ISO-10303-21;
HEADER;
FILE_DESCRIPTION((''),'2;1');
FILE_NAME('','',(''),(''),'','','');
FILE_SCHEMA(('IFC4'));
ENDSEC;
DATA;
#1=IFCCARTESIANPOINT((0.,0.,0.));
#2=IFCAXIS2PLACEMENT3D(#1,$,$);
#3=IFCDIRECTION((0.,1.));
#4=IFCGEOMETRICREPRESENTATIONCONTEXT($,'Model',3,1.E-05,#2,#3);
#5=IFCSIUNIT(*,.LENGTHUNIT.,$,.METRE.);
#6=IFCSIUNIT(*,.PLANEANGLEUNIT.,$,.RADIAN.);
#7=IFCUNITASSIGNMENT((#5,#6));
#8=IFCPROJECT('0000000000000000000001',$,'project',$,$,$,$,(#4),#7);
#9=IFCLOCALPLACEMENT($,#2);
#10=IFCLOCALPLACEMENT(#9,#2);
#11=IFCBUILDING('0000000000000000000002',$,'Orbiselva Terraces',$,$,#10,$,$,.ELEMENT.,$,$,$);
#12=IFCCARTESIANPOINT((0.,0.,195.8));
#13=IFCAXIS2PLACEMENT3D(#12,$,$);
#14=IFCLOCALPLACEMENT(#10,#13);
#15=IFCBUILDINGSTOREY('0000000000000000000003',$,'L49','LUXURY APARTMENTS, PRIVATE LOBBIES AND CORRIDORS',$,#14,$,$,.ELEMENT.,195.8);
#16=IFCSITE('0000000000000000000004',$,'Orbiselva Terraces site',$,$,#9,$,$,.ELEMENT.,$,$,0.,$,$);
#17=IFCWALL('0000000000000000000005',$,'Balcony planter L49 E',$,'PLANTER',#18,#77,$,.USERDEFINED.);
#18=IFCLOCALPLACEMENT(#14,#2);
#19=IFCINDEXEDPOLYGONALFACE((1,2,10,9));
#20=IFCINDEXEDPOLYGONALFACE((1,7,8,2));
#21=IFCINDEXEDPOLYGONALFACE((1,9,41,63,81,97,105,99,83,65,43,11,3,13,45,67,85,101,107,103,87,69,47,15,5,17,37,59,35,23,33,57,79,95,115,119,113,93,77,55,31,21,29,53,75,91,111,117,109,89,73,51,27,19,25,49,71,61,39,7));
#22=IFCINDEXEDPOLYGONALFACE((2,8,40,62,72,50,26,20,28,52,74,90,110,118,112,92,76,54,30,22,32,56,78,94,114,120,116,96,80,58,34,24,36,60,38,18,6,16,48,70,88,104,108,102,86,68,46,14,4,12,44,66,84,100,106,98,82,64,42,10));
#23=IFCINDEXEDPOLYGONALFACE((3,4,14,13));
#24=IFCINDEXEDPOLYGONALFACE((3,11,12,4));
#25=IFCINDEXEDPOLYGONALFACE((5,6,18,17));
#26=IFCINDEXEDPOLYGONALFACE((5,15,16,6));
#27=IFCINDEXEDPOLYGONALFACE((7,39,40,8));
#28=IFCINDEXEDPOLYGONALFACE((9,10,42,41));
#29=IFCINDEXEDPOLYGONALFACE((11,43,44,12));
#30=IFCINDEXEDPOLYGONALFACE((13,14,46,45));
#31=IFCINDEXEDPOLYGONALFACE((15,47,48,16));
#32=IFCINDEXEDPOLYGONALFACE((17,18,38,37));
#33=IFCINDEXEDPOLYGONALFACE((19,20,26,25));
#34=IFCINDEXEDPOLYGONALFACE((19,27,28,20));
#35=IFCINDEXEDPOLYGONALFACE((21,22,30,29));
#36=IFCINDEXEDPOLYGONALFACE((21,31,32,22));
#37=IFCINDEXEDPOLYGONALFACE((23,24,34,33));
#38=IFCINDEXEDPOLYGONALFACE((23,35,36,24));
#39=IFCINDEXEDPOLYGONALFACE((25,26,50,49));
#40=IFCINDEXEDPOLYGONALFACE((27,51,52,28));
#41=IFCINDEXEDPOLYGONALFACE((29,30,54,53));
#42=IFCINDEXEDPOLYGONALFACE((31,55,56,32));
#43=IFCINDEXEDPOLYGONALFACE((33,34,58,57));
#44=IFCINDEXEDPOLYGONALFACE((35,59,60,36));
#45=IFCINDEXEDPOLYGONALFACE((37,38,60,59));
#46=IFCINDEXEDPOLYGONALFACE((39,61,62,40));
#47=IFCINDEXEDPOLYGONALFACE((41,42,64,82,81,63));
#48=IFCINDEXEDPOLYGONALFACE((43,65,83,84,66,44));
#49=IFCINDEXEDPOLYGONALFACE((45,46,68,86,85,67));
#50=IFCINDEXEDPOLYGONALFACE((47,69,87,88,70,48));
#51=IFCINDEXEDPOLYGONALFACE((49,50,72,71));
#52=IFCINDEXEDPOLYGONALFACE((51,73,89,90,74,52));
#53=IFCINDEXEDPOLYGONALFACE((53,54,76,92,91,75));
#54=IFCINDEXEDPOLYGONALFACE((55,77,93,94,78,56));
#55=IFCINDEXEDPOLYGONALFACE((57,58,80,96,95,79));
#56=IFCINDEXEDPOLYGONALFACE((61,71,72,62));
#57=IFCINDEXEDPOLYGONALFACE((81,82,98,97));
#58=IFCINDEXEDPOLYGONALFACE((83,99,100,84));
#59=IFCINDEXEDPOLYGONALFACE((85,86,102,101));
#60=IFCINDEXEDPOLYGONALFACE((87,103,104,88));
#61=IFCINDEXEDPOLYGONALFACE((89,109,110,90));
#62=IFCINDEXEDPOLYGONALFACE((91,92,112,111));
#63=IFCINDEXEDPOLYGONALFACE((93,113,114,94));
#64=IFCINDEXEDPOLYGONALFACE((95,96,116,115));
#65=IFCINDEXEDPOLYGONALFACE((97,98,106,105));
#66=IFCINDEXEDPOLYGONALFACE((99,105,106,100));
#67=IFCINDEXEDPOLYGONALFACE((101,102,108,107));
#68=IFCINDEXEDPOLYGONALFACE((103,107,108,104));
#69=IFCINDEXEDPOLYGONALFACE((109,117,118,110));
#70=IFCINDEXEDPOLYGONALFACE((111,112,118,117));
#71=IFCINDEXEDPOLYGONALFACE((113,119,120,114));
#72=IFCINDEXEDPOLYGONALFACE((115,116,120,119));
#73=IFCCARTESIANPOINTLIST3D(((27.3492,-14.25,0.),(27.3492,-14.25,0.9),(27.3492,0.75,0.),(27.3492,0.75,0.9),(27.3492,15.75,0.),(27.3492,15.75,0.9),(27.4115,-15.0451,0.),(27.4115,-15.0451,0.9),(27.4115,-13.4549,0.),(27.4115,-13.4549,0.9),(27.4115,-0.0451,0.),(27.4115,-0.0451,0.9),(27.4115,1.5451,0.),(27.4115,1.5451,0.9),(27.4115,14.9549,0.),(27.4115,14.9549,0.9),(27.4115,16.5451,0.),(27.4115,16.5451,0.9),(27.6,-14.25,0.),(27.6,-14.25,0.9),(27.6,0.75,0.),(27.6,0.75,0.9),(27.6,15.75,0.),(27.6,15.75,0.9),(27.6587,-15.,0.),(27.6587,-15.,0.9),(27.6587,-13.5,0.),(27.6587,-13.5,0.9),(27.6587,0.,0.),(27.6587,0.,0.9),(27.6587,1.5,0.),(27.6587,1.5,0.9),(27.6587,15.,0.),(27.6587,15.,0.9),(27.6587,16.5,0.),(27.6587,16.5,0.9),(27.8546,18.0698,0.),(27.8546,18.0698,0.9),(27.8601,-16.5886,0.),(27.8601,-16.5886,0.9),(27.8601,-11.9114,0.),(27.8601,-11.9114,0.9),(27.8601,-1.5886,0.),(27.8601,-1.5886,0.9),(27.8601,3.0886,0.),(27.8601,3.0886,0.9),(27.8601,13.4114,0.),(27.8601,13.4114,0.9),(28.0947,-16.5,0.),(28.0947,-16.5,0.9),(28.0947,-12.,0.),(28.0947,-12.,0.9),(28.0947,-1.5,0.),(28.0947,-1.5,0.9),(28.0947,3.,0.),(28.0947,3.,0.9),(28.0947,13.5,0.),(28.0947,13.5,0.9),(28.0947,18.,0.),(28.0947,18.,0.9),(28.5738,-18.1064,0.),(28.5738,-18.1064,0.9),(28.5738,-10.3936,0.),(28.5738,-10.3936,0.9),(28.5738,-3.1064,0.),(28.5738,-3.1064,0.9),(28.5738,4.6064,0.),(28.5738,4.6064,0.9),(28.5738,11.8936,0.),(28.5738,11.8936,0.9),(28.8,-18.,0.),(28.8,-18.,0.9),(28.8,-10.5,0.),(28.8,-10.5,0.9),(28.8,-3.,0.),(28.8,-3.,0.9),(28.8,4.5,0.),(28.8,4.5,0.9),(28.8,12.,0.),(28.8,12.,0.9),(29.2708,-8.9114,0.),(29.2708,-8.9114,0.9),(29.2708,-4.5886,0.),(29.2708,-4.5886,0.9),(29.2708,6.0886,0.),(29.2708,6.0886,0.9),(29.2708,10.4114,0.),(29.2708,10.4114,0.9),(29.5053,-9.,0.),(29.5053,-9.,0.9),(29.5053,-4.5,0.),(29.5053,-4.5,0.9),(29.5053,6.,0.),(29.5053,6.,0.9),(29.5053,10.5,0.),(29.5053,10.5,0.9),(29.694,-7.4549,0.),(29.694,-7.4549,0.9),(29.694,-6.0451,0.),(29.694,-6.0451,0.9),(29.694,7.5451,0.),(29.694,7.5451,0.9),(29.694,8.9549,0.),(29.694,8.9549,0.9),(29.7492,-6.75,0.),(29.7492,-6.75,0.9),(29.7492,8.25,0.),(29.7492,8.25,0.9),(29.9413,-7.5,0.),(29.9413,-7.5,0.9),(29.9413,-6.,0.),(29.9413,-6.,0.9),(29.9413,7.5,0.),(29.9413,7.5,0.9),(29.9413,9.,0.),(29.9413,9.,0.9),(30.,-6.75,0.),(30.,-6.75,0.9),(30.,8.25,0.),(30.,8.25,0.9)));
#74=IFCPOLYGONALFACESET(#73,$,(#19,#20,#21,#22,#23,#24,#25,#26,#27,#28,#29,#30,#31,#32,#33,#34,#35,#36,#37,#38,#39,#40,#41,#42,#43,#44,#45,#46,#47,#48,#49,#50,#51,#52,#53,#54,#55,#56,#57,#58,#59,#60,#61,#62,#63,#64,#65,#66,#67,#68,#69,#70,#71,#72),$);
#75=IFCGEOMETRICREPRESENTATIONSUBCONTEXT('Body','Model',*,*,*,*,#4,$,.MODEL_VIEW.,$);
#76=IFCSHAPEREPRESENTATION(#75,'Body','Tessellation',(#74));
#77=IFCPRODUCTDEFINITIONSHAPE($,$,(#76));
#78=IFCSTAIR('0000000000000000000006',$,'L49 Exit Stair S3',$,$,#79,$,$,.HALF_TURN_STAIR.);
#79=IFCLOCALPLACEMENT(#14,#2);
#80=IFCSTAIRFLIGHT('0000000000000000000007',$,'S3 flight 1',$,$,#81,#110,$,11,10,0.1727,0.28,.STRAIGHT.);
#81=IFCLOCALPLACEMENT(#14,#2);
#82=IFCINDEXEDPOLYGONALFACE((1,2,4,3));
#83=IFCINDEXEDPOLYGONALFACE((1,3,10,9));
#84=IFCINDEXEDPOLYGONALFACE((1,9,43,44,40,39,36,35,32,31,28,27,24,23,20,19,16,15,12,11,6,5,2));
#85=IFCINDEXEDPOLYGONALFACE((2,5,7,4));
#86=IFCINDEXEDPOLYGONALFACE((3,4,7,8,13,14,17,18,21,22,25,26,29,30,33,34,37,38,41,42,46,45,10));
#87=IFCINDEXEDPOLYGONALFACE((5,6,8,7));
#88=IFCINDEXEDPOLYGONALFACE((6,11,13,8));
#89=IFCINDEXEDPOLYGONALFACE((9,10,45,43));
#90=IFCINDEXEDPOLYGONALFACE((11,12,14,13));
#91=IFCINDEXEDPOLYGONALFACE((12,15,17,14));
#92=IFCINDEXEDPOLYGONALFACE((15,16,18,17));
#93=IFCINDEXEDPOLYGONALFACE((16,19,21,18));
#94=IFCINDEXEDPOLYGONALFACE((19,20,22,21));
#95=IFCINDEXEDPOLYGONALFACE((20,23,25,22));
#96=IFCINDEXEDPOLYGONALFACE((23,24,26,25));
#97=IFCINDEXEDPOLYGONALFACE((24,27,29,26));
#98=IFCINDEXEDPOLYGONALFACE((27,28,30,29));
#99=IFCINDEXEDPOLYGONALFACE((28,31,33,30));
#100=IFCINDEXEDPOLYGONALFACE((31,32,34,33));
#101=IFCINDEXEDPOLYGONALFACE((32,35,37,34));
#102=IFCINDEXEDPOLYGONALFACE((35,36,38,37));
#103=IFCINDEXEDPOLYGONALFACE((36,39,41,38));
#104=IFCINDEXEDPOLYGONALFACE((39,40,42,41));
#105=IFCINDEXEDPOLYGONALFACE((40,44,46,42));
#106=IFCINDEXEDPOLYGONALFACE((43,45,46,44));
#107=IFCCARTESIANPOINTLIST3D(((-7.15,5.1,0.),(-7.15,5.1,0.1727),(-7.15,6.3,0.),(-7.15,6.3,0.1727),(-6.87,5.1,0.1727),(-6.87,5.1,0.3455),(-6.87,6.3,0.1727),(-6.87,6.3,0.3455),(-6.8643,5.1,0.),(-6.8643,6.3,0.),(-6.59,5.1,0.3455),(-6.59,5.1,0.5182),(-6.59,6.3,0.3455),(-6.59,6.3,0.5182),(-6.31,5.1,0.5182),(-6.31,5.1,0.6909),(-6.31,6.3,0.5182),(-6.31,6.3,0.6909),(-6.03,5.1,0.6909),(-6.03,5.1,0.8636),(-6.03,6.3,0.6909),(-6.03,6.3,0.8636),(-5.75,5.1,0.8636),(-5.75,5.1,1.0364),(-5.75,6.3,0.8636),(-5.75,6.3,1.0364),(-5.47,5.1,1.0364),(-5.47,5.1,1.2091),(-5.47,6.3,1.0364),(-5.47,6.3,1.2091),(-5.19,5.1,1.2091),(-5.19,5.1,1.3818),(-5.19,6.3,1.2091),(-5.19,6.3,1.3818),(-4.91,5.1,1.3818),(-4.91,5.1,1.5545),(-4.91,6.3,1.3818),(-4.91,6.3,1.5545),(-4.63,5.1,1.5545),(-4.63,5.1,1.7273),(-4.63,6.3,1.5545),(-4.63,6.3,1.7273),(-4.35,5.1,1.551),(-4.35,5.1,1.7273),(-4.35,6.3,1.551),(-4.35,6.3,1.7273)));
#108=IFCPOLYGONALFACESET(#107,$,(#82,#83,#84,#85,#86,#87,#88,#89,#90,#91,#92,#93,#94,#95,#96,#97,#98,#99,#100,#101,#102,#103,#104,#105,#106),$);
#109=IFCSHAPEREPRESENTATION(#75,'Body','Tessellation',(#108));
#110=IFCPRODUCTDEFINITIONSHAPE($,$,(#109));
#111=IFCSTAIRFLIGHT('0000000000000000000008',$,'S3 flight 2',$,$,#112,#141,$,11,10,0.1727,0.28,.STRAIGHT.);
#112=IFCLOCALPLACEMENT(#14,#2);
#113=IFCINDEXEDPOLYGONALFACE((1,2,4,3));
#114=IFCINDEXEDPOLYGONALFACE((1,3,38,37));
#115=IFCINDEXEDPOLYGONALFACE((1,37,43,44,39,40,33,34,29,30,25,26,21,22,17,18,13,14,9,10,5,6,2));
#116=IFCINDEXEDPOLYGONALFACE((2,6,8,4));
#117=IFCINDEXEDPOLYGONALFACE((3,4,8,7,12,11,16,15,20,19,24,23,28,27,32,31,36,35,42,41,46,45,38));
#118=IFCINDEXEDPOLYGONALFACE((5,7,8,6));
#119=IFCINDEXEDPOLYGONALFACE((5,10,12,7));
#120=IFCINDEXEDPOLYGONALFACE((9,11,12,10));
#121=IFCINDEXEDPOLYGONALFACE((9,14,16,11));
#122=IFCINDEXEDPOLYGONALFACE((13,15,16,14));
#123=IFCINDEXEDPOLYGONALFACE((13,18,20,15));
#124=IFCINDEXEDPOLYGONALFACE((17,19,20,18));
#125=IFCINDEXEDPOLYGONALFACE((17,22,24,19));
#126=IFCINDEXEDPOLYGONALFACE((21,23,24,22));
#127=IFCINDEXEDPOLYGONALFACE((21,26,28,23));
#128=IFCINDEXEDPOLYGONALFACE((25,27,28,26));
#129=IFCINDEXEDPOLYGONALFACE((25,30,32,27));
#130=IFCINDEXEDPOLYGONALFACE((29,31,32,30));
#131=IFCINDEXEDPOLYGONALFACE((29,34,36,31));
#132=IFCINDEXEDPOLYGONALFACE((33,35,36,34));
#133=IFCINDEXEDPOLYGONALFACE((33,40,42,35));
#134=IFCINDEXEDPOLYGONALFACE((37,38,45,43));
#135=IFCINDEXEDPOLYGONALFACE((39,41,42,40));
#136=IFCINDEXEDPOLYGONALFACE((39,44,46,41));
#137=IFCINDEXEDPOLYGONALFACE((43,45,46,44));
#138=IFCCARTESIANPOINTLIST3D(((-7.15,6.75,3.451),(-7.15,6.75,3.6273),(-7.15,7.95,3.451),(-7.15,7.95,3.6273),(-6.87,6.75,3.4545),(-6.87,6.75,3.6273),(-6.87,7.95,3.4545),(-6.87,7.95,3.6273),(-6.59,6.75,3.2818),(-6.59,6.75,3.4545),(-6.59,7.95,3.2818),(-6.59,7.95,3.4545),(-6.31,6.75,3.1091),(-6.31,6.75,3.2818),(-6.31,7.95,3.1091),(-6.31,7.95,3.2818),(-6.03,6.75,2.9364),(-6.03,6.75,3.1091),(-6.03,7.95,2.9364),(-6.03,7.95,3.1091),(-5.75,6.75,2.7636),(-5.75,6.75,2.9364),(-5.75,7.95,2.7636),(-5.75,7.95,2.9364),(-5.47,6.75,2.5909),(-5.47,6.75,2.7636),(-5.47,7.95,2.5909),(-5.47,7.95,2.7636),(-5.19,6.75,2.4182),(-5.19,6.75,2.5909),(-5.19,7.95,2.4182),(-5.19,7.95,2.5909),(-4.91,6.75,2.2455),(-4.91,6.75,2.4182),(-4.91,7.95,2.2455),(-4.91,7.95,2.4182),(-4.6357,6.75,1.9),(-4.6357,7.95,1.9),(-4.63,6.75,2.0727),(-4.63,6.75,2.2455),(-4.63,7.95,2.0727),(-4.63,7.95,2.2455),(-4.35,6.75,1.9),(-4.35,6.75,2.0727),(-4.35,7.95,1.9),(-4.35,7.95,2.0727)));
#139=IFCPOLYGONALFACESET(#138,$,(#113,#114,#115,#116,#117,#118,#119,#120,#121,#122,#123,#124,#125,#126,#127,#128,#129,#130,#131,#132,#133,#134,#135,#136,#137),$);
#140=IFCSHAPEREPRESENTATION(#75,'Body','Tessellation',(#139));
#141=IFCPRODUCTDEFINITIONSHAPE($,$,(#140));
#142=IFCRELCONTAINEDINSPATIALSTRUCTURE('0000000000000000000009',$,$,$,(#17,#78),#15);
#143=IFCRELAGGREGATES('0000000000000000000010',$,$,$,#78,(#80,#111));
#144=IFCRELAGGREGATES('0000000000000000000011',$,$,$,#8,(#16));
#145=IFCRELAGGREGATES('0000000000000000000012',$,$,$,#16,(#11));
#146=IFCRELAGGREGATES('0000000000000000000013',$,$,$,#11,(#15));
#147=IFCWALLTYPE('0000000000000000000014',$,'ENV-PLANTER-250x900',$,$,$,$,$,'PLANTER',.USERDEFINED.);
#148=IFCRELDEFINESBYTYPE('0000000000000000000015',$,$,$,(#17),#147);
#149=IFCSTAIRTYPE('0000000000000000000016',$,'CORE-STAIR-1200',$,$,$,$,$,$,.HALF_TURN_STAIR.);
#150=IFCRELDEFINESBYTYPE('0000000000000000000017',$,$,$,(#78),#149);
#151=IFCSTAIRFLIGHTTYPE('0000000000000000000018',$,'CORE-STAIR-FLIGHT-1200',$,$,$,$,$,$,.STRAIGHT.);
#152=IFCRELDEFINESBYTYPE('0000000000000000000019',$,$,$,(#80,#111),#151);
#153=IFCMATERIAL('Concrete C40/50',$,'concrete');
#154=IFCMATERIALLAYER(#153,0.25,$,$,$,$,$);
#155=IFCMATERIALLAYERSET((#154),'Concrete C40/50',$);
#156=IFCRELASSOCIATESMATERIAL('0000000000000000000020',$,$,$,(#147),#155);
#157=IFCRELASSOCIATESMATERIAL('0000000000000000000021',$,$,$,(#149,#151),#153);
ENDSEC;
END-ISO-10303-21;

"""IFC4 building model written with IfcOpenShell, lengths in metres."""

from ifc_helpers import new_model, si_unit, direction, frame, origin, place, context, subcontext, project, spatial, polyline, outline, extrude, material, layer, layer_set, type_object, element, aggregate, save


model = new_model("IFC4")

# Units and contexts
model_context = context("Model", 3, precision=1e-05, world=origin(), true_north=direction((0.0, 1.0)))
body_context = subcontext(model_context, "Body", "Model", "MODEL_VIEW")
ifc_project = project(units=[si_unit("LENGTHUNIT", "METRE"), si_unit("PLANEANGLEUNIT", "RADIAN")], contexts=[model_context])

# Site, building, storey
site_placement = place(None, origin())
site = spatial("IfcSite", under=ifc_project, at=site_placement, Name="Orbiselva Terraces site", CompositionType="ELEMENT", RefElevation=0.0)
building_placement = place(site_placement, origin())
building = spatial("IfcBuilding", under=site, at=building_placement, Name="Orbiselva Terraces", CompositionType="ELEMENT")
storey_placement = place(building_placement, frame((0.0, 0.0, 195.8)))
storey = spatial("IfcBuildingStorey", under=building, at=storey_placement, Name="L49", Description="LUXURY APARTMENTS, PRIVATE LOBBIES AND CORRIDORS", CompositionType="ELEMENT", Elevation=195.8)

# Wall
ifc_material_1 = material(Name="Concrete C40/50", Category="concrete")
ifc_layer_1 = layer(ifc_material_1, 0.25)
ifc_layer_set_1 = layer_set([ifc_layer_1], Name="Concrete C40/50")
wall_type_1 = type_object("IfcWallType", Name="ENV-PLANTER-250x900", ElementType="PLANTER", PredefinedType="USERDEFINED", material=ifc_layer_set_1)
wall_1_placement = place(storey_placement, origin())
element("IfcWall", 1, at=wall_1_placement, inside=storey, type_object=wall_type_1, Name="Balcony planter L49 E", ObjectType="PLANTER", PredefinedType="USERDEFINED", context=body_context, shape_type="SweptSolid", body=[
    extrude(outline(polyline([(28.8, -18.0), (28.0947, -16.5), (27.6587, -15.0), (27.6, -14.25), (27.6587, -13.5), (28.0947, -12.0), (28.8, -10.5), (29.5053, -9.0), (29.9413, -7.5), (30.0, -6.75), (29.9413, -6.0), (29.5053, -4.5), (28.8, -3.0), (28.0947, -1.5), (27.6587, 0.0), (27.6, 0.75), (27.6587, 1.5), (28.0947, 3.0), (28.8, 4.5), (29.5053, 6.0), (29.9413, 7.5), (30.0, 8.25), (29.9413, 9.0), (29.5053, 10.5), (28.8, 12.0), (28.0947, 13.5), (27.6587, 15.0), (27.6, 15.75), (27.6587, 16.5), (28.0947, 18.0), (27.8546, 18.0698), (27.4115, 16.5451), (27.3492, 15.75), (27.4115, 14.9549), (27.8601, 13.4114), (28.5738, 11.8936), (29.2708, 10.4114), (29.694, 8.9549), (29.7492, 8.25), (29.694, 7.5451), (29.2708, 6.0886), (28.5738, 4.6064), (27.8601, 3.0886), (27.4115, 1.5451), (27.3492, 0.75), (27.4115, -0.0451), (27.8601, -1.5886), (28.5738, -3.1064), (29.2708, -4.5886), (29.694, -6.0451), (29.7492, -6.75), (29.694, -7.4549), (29.2708, -8.9114), (28.5738, -10.3936), (27.8601, -11.9114), (27.4115, -13.4549), (27.3492, -14.25), (27.4115, -15.0451), (27.8601, -16.5886), (28.5738, -18.1064), (28.8, -18.0)])), origin(), (0.0, 0.0, 1.0), 0.9),
])

# Stair, stair flights
stair_type = type_object("IfcStairType", Name="CORE-STAIR-1200", PredefinedType="HALF_TURN_STAIR", material=ifc_material_1)
stair_placement = place(storey_placement, origin())
stair = element("IfcStair", 2, at=stair_placement, inside=storey, type_object=stair_type, Name="L49 Exit Stair S3", PredefinedType="HALF_TURN_STAIR")
stair_flight_type = type_object("IfcStairFlightType", Name="CORE-STAIR-FLIGHT-1200", PredefinedType="STRAIGHT", material=ifc_material_1)
stair_flight_1_placement = place(storey_placement, frame((-7.15, 5.7, 0.0), z_axis=(0.0, 0.0, 1.0), x_axis=(1.0, 0.0, 0.0)))
stair_flight_1 = element("IfcStairFlight", 3, at=stair_flight_1_placement, type_object=stair_flight_type, Name="S3 flight 1", NumberOfRisers=11, NumberOfTreads=10, PredefinedType="STRAIGHT", RiserHeight=0.1727, TreadLength=0.28, context=body_context, shape_type="SweptSolid", body=[
    extrude(outline(polyline([(0.0, 0.0), (0.0, 0.1727), (0.28, 0.1727), (0.28, 0.3455), (0.56, 0.3455), (0.56, 0.5182), (0.84, 0.5182), (0.84, 0.6909), (1.12, 0.6909), (1.12, 0.8636), (1.4, 0.8636), (1.4, 1.0364), (1.68, 1.0364), (1.68, 1.2091), (1.96, 1.2091), (1.96, 1.3818), (2.24, 1.3818), (2.24, 1.5545), (2.52, 1.5545), (2.52, 1.7273), (2.8, 1.7273), (2.8, 1.9), (2.8, 1.551), (0.2857, 0.0), (0.0, 0.0)])), frame((0.0, 0.6, 0.0), z_axis=(0.0, -1.0, 0.0), x_axis=(1.0, 0.0, 0.0)), (0.0, 0.0, 1.0), 1.2),
])
stair_flight_2_placement = place(storey_placement, frame((-4.35, 7.35, 1.9), z_axis=(0.0, 0.0, 1.0), x_axis=(-1.0, 0.0, 0.0)))
stair_flight_2 = element("IfcStairFlight", 4, at=stair_flight_2_placement, type_object=stair_flight_type, Name="S3 flight 2", NumberOfRisers=11, NumberOfTreads=10, PredefinedType="STRAIGHT", RiserHeight=0.1727, TreadLength=0.28, context=body_context, shape_type="SweptSolid", body=[
    extrude(outline(polyline([(0.0, 0.0), (0.0, 0.1727), (0.28, 0.1727), (0.28, 0.3455), (0.56, 0.3455), (0.56, 0.5182), (0.84, 0.5182), (0.84, 0.6909), (1.12, 0.6909), (1.12, 0.8636), (1.4, 0.8636), (1.4, 1.0364), (1.68, 1.0364), (1.68, 1.2091), (1.96, 1.2091), (1.96, 1.3818), (2.24, 1.3818), (2.24, 1.5545), (2.52, 1.5545), (2.52, 1.7273), (2.8, 1.7273), (2.8, 1.9), (2.8, 1.551), (0.2857, 0.0), (0.0, 0.0)])), frame((0.0, 0.6, 0.0), z_axis=(0.0, -1.0, 0.0), x_axis=(1.0, 0.0, 0.0)), (0.0, 0.0, 1.0), 1.2),
])
aggregate(stair, [stair_flight_1, stair_flight_2])

save(model, "model.ifc")
